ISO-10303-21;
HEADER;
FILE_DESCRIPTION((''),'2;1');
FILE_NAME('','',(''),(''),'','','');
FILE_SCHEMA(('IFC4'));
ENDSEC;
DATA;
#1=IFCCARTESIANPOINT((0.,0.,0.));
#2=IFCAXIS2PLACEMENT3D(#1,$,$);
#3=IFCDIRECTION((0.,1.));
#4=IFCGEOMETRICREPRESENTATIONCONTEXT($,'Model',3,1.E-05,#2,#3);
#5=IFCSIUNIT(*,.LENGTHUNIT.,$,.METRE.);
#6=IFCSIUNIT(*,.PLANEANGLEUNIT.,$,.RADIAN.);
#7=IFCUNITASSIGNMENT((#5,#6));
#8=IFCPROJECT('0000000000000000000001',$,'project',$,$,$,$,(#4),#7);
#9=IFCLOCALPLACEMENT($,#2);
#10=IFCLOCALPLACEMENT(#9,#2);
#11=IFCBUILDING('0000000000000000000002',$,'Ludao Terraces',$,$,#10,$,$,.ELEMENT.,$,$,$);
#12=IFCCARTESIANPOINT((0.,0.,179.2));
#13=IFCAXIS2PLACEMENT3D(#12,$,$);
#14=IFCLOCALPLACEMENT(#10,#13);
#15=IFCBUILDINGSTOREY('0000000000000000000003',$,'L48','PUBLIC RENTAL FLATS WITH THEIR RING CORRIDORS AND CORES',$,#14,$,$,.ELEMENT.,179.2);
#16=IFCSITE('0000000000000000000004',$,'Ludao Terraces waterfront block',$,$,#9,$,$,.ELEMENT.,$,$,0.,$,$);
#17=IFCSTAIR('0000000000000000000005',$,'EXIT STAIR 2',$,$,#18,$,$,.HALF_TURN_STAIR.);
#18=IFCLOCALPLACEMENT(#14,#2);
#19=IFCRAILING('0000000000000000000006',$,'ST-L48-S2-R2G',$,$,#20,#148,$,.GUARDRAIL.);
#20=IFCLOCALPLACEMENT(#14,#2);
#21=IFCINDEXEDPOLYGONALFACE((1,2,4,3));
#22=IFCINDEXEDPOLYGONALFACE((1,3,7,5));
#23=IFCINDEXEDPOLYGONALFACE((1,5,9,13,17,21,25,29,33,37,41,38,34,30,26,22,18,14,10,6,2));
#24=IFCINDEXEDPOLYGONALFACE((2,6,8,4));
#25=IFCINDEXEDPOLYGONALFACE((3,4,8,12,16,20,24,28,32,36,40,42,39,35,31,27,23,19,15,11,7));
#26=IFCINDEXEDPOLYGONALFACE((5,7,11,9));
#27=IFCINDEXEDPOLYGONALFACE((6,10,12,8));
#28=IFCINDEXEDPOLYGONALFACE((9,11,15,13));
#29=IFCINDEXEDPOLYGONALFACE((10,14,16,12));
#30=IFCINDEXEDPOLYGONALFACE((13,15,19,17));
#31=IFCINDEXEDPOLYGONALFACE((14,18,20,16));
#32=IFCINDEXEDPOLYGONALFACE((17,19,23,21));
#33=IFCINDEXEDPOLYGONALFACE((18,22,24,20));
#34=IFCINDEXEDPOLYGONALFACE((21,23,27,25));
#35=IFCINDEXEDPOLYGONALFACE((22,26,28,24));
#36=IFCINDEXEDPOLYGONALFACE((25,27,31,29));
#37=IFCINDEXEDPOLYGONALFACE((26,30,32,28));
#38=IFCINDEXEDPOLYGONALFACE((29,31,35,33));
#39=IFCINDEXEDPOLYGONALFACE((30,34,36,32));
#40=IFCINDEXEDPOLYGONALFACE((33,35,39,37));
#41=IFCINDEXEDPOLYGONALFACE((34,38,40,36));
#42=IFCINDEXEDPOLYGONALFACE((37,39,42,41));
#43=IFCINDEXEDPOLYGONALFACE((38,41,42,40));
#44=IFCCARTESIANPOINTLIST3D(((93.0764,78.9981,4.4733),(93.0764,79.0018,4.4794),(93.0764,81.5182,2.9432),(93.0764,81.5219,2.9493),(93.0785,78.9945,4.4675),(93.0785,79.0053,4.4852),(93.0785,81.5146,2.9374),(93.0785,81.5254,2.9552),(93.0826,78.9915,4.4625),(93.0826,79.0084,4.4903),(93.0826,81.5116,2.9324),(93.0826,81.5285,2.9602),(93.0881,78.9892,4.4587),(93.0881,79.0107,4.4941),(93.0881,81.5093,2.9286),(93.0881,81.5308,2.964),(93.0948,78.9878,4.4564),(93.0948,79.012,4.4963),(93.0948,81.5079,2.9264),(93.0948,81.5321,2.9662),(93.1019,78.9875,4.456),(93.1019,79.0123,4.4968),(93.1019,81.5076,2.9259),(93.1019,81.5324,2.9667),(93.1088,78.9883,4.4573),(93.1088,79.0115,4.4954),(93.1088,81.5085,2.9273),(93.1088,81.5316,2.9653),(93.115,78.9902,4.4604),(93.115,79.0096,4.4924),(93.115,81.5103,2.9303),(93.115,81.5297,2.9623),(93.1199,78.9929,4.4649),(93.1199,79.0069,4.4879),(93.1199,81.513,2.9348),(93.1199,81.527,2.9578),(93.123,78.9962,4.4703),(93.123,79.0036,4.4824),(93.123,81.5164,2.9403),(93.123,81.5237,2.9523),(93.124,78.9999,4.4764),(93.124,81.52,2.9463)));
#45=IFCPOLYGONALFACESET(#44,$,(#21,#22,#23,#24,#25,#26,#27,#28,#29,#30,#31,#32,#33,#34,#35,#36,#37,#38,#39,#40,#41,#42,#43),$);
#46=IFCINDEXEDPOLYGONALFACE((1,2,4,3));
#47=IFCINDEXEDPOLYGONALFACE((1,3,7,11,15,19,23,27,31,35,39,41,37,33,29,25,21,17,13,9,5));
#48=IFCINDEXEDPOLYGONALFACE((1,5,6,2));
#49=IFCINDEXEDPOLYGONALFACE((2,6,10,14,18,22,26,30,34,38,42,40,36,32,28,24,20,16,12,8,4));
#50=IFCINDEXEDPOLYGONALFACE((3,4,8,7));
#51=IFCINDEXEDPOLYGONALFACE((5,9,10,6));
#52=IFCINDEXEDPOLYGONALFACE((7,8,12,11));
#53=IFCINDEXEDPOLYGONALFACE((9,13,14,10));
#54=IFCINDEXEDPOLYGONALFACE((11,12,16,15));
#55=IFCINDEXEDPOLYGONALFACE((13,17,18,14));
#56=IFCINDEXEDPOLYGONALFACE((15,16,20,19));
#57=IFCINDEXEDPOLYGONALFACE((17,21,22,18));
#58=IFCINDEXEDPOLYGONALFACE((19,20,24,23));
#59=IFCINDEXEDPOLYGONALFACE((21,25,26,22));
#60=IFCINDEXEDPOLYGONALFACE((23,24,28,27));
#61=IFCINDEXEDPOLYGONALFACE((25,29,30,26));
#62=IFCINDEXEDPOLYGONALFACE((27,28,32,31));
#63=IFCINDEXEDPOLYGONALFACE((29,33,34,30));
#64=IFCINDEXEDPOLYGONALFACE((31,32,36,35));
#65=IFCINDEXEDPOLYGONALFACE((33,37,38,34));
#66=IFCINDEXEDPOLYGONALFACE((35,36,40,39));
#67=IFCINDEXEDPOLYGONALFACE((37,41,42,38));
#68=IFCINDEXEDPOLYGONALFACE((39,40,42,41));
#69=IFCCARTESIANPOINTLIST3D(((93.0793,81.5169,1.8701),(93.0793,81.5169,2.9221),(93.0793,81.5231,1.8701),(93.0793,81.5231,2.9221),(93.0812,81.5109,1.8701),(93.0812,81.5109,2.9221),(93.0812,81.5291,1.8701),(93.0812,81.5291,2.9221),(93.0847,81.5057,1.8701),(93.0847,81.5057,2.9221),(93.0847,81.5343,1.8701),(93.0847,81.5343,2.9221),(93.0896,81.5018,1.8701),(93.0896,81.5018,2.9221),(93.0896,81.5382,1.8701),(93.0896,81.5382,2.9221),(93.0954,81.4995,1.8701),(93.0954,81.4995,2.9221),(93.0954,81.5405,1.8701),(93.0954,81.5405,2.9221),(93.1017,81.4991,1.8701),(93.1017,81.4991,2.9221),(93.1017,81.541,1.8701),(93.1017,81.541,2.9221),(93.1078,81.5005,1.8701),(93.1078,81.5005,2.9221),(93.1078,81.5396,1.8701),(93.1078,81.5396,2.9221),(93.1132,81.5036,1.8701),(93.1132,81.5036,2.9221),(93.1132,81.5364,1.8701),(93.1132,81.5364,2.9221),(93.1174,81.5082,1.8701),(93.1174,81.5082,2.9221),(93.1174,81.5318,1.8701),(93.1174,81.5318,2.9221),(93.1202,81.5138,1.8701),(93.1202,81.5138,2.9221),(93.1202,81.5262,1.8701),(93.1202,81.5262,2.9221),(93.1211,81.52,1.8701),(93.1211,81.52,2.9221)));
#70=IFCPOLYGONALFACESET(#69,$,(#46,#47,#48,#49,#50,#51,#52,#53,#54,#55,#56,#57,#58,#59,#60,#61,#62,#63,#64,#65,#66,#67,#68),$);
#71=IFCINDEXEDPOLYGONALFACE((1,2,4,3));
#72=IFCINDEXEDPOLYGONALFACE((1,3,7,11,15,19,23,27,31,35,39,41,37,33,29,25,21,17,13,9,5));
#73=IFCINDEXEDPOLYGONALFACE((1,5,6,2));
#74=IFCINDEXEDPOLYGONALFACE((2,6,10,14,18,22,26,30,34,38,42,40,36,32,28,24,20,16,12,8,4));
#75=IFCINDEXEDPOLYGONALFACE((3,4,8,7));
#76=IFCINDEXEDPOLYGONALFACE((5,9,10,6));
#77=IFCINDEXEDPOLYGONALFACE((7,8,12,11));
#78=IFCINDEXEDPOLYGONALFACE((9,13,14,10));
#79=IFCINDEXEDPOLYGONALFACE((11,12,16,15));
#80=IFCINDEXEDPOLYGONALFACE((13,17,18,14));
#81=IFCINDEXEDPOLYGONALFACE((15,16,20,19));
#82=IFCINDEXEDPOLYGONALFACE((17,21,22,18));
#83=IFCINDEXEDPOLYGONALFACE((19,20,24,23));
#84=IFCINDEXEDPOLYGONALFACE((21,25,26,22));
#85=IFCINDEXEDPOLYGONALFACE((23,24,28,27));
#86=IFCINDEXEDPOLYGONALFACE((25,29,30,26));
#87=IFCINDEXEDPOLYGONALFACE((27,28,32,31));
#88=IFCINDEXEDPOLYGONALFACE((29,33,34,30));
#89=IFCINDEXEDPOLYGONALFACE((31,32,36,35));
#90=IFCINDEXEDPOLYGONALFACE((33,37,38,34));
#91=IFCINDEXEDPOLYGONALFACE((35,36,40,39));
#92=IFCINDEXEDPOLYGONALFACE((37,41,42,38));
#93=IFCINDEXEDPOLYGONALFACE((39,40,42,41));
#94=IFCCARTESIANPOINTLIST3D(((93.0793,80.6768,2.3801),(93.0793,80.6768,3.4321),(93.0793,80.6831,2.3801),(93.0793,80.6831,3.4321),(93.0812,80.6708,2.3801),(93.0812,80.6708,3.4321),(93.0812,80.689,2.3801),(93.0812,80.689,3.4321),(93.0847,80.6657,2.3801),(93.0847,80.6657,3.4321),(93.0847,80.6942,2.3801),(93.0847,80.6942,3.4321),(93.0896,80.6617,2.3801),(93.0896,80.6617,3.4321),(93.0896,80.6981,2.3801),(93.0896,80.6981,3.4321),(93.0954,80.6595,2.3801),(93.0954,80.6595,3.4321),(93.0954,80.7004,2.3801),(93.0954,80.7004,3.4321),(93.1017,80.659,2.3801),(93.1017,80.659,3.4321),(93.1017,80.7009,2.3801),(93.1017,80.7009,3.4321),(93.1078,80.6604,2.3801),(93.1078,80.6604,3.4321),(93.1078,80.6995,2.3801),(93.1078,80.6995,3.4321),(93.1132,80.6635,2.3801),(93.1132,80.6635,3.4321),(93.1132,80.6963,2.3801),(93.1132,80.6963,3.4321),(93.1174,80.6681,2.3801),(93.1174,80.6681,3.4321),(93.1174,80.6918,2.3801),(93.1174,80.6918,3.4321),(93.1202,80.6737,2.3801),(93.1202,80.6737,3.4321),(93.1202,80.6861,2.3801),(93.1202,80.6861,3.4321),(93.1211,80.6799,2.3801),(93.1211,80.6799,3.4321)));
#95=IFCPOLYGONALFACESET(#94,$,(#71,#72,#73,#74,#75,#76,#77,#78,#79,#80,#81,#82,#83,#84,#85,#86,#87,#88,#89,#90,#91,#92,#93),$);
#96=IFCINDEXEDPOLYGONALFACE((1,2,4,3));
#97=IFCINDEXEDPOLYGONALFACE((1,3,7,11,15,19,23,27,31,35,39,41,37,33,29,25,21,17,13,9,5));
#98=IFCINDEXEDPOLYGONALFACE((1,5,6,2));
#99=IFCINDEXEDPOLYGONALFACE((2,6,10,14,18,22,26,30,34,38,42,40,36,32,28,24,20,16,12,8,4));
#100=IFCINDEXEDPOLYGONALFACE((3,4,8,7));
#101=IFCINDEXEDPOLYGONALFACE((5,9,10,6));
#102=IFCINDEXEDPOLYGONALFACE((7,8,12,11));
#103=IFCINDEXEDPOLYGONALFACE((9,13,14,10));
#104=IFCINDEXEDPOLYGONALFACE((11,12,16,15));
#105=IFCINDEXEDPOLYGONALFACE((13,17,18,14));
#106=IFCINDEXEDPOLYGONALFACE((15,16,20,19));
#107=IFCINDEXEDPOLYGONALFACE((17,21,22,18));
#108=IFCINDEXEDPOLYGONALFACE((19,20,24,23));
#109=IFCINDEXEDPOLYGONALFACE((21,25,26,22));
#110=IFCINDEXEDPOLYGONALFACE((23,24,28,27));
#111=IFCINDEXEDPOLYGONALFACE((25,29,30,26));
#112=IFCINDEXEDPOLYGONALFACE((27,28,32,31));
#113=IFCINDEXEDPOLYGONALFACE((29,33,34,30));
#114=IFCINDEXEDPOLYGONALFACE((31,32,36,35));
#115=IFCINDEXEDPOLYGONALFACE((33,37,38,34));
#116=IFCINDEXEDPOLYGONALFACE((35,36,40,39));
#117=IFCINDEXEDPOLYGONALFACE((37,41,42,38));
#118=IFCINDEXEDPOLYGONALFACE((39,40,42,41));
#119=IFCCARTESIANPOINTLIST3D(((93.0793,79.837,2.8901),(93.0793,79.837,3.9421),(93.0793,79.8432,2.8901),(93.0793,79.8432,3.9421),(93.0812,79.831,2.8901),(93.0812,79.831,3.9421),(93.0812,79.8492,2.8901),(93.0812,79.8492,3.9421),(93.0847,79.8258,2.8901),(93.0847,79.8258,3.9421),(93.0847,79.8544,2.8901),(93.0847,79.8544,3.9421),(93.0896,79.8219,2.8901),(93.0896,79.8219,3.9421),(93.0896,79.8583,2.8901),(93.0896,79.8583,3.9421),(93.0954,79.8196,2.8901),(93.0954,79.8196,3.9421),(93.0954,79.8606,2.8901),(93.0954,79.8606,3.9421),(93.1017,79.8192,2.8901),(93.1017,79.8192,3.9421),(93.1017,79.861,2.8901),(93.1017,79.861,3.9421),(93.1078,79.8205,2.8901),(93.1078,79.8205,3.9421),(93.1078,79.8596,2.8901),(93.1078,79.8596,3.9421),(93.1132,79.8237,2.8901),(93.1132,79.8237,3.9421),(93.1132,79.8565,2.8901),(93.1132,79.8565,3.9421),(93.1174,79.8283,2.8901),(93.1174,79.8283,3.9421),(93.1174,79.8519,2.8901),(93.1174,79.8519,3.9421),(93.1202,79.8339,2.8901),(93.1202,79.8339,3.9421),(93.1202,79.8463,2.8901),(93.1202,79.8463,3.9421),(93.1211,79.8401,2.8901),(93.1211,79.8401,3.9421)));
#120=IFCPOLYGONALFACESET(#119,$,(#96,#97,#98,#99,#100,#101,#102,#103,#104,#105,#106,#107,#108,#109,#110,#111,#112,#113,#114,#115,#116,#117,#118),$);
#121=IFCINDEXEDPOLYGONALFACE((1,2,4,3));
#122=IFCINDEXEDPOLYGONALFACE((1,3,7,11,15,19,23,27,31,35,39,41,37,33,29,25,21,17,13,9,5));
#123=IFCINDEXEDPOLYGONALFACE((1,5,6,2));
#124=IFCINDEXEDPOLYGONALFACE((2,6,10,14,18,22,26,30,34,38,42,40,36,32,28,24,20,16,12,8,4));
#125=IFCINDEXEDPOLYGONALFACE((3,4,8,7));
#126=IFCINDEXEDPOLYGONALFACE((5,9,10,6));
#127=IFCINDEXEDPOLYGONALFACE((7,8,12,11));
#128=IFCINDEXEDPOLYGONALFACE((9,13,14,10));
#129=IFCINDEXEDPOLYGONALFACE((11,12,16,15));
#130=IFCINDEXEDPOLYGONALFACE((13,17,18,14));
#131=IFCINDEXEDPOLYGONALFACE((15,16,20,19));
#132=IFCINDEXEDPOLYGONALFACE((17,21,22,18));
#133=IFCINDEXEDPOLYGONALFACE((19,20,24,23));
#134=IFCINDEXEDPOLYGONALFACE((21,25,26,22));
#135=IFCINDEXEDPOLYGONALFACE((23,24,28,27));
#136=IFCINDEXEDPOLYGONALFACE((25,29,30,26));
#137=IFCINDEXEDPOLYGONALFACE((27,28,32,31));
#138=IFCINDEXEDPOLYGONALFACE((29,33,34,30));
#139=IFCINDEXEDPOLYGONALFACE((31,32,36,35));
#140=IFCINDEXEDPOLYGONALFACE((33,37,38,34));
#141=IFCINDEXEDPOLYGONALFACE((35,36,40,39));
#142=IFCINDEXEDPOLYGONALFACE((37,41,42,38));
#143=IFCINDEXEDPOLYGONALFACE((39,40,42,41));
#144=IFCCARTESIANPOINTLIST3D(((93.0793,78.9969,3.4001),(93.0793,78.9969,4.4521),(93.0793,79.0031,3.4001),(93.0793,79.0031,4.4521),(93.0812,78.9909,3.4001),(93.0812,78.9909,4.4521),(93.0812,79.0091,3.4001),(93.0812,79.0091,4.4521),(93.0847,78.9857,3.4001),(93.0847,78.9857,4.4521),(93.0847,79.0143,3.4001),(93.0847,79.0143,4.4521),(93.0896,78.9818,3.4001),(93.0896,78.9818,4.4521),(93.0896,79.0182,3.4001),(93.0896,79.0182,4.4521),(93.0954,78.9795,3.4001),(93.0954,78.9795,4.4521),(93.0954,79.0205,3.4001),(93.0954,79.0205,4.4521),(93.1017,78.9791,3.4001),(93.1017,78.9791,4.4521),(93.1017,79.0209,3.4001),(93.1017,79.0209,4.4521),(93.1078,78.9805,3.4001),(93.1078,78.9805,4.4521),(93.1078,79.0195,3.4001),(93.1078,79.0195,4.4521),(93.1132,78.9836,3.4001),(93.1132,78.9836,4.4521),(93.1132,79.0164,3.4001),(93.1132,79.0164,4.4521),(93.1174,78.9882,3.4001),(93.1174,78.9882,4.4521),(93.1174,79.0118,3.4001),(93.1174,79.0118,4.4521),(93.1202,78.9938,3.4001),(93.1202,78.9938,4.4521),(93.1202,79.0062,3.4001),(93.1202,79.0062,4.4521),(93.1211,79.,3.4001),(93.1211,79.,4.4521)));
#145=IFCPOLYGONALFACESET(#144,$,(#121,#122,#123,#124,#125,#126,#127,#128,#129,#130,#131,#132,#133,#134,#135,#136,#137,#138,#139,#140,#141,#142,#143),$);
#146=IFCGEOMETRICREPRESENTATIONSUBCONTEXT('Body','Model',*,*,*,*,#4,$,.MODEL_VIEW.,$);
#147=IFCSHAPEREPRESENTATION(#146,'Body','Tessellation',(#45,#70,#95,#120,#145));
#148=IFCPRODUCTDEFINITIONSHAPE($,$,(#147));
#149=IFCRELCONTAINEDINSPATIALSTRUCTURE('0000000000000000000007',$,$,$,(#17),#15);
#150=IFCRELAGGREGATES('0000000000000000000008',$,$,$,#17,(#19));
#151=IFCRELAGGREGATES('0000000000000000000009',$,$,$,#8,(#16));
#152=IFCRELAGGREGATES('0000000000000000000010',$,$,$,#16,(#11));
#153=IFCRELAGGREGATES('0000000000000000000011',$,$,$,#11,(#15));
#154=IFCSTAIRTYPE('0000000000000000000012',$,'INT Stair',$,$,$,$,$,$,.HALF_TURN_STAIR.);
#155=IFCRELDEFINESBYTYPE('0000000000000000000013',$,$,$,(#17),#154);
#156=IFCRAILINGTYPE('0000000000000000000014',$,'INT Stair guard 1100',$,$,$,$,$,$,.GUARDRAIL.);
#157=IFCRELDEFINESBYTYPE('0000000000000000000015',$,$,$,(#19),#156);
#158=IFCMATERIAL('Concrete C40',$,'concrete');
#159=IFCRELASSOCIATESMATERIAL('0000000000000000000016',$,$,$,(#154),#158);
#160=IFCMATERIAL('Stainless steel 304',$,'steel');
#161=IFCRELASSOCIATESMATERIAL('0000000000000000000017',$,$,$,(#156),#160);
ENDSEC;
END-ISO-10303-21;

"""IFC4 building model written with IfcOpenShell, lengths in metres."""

from ifc_helpers import new_model, si_unit, direction, frame, origin, origin_2d, place, context, subcontext, project, spatial, circle, extrude, material, type_object, element, aggregate, save


model = new_model("IFC4")

# Units and contexts
model_context = context("Model", 3, precision=1e-05, world=origin(), true_north=direction((0.0, 1.0)))
body_context = subcontext(model_context, "Body", "Model", "MODEL_VIEW")
ifc_project = project(units=[si_unit("LENGTHUNIT", "METRE"), si_unit("PLANEANGLEUNIT", "RADIAN")], contexts=[model_context])

# Site, building, storey
site_placement = place(None, origin())
site = spatial("IfcSite", under=ifc_project, at=site_placement, Name="Ludao Terraces waterfront block", CompositionType="ELEMENT", RefElevation=0.0)
building_placement = place(site_placement, origin())
building = spatial("IfcBuilding", under=site, at=building_placement, Name="Ludao Terraces", CompositionType="ELEMENT")
storey_placement = place(building_placement, frame((0.0, 0.0, 179.2)))
storey = spatial("IfcBuildingStorey", under=building, at=storey_placement, Name="L48", Description="PUBLIC RENTAL FLATS WITH THEIR RING CORRIDORS AND CORES", CompositionType="ELEMENT", Elevation=179.2)

# Shared definitions
ifc_material_1 = material(Name="Stainless steel 304", Category="steel")

# Stair, railing
ifc_material_2 = material(Name="Concrete C40", Category="concrete")
stair_type = type_object("IfcStairType", Name="INT Stair", PredefinedType="HALF_TURN_STAIR", material=ifc_material_2)
stair_placement = place(storey_placement, origin())
stair = element("IfcStair", 1, at=stair_placement, inside=storey, type_object=stair_type, Name="EXIT STAIR 2", PredefinedType="HALF_TURN_STAIR")
railing_type_1 = type_object("IfcRailingType", Name="INT Stair guard 1100", PredefinedType="GUARDRAIL", material=ifc_material_1)
railing_1_placement = place(storey_placement, frame((93.1001, 81.52, 1.8701)))
railing_1 = element("IfcRailing", 2, at=railing_1_placement, type_object=railing_type_1, Name="ST-L48-S2-R2G", PredefinedType="GUARDRAIL", context=body_context, shape_type="SweptSolid", body=[
    extrude(circle(Radius=0.0239, at=origin_2d()), frame((0.0, 0.0, 1.0762), z_axis=(0.0, -0.854785, 0.518982), x_axis=(1.0, 0.0, 0.0)), (0.0, 0.0, 1.0), 2.9482),
    extrude(circle(Radius=0.021, at=origin_2d()), origin(), (0.0, 0.0, 1.0), 1.052),
    extrude(circle(Radius=0.021, at=origin_2d()), frame((0.0, -0.8401, 0.51)), (0.0, 0.0, 1.0), 1.052),
    extrude(circle(Radius=0.021, at=origin_2d()), frame((0.0, -1.6799, 1.02)), (0.0, 0.0, 1.0), 1.052),
    extrude(circle(Radius=0.021, at=origin_2d()), frame((0.0, -2.52, 1.53)), (0.0, 0.0, 1.0), 1.052),
])
aggregate(stair, [railing_1])

save(model, "model.ifc")
